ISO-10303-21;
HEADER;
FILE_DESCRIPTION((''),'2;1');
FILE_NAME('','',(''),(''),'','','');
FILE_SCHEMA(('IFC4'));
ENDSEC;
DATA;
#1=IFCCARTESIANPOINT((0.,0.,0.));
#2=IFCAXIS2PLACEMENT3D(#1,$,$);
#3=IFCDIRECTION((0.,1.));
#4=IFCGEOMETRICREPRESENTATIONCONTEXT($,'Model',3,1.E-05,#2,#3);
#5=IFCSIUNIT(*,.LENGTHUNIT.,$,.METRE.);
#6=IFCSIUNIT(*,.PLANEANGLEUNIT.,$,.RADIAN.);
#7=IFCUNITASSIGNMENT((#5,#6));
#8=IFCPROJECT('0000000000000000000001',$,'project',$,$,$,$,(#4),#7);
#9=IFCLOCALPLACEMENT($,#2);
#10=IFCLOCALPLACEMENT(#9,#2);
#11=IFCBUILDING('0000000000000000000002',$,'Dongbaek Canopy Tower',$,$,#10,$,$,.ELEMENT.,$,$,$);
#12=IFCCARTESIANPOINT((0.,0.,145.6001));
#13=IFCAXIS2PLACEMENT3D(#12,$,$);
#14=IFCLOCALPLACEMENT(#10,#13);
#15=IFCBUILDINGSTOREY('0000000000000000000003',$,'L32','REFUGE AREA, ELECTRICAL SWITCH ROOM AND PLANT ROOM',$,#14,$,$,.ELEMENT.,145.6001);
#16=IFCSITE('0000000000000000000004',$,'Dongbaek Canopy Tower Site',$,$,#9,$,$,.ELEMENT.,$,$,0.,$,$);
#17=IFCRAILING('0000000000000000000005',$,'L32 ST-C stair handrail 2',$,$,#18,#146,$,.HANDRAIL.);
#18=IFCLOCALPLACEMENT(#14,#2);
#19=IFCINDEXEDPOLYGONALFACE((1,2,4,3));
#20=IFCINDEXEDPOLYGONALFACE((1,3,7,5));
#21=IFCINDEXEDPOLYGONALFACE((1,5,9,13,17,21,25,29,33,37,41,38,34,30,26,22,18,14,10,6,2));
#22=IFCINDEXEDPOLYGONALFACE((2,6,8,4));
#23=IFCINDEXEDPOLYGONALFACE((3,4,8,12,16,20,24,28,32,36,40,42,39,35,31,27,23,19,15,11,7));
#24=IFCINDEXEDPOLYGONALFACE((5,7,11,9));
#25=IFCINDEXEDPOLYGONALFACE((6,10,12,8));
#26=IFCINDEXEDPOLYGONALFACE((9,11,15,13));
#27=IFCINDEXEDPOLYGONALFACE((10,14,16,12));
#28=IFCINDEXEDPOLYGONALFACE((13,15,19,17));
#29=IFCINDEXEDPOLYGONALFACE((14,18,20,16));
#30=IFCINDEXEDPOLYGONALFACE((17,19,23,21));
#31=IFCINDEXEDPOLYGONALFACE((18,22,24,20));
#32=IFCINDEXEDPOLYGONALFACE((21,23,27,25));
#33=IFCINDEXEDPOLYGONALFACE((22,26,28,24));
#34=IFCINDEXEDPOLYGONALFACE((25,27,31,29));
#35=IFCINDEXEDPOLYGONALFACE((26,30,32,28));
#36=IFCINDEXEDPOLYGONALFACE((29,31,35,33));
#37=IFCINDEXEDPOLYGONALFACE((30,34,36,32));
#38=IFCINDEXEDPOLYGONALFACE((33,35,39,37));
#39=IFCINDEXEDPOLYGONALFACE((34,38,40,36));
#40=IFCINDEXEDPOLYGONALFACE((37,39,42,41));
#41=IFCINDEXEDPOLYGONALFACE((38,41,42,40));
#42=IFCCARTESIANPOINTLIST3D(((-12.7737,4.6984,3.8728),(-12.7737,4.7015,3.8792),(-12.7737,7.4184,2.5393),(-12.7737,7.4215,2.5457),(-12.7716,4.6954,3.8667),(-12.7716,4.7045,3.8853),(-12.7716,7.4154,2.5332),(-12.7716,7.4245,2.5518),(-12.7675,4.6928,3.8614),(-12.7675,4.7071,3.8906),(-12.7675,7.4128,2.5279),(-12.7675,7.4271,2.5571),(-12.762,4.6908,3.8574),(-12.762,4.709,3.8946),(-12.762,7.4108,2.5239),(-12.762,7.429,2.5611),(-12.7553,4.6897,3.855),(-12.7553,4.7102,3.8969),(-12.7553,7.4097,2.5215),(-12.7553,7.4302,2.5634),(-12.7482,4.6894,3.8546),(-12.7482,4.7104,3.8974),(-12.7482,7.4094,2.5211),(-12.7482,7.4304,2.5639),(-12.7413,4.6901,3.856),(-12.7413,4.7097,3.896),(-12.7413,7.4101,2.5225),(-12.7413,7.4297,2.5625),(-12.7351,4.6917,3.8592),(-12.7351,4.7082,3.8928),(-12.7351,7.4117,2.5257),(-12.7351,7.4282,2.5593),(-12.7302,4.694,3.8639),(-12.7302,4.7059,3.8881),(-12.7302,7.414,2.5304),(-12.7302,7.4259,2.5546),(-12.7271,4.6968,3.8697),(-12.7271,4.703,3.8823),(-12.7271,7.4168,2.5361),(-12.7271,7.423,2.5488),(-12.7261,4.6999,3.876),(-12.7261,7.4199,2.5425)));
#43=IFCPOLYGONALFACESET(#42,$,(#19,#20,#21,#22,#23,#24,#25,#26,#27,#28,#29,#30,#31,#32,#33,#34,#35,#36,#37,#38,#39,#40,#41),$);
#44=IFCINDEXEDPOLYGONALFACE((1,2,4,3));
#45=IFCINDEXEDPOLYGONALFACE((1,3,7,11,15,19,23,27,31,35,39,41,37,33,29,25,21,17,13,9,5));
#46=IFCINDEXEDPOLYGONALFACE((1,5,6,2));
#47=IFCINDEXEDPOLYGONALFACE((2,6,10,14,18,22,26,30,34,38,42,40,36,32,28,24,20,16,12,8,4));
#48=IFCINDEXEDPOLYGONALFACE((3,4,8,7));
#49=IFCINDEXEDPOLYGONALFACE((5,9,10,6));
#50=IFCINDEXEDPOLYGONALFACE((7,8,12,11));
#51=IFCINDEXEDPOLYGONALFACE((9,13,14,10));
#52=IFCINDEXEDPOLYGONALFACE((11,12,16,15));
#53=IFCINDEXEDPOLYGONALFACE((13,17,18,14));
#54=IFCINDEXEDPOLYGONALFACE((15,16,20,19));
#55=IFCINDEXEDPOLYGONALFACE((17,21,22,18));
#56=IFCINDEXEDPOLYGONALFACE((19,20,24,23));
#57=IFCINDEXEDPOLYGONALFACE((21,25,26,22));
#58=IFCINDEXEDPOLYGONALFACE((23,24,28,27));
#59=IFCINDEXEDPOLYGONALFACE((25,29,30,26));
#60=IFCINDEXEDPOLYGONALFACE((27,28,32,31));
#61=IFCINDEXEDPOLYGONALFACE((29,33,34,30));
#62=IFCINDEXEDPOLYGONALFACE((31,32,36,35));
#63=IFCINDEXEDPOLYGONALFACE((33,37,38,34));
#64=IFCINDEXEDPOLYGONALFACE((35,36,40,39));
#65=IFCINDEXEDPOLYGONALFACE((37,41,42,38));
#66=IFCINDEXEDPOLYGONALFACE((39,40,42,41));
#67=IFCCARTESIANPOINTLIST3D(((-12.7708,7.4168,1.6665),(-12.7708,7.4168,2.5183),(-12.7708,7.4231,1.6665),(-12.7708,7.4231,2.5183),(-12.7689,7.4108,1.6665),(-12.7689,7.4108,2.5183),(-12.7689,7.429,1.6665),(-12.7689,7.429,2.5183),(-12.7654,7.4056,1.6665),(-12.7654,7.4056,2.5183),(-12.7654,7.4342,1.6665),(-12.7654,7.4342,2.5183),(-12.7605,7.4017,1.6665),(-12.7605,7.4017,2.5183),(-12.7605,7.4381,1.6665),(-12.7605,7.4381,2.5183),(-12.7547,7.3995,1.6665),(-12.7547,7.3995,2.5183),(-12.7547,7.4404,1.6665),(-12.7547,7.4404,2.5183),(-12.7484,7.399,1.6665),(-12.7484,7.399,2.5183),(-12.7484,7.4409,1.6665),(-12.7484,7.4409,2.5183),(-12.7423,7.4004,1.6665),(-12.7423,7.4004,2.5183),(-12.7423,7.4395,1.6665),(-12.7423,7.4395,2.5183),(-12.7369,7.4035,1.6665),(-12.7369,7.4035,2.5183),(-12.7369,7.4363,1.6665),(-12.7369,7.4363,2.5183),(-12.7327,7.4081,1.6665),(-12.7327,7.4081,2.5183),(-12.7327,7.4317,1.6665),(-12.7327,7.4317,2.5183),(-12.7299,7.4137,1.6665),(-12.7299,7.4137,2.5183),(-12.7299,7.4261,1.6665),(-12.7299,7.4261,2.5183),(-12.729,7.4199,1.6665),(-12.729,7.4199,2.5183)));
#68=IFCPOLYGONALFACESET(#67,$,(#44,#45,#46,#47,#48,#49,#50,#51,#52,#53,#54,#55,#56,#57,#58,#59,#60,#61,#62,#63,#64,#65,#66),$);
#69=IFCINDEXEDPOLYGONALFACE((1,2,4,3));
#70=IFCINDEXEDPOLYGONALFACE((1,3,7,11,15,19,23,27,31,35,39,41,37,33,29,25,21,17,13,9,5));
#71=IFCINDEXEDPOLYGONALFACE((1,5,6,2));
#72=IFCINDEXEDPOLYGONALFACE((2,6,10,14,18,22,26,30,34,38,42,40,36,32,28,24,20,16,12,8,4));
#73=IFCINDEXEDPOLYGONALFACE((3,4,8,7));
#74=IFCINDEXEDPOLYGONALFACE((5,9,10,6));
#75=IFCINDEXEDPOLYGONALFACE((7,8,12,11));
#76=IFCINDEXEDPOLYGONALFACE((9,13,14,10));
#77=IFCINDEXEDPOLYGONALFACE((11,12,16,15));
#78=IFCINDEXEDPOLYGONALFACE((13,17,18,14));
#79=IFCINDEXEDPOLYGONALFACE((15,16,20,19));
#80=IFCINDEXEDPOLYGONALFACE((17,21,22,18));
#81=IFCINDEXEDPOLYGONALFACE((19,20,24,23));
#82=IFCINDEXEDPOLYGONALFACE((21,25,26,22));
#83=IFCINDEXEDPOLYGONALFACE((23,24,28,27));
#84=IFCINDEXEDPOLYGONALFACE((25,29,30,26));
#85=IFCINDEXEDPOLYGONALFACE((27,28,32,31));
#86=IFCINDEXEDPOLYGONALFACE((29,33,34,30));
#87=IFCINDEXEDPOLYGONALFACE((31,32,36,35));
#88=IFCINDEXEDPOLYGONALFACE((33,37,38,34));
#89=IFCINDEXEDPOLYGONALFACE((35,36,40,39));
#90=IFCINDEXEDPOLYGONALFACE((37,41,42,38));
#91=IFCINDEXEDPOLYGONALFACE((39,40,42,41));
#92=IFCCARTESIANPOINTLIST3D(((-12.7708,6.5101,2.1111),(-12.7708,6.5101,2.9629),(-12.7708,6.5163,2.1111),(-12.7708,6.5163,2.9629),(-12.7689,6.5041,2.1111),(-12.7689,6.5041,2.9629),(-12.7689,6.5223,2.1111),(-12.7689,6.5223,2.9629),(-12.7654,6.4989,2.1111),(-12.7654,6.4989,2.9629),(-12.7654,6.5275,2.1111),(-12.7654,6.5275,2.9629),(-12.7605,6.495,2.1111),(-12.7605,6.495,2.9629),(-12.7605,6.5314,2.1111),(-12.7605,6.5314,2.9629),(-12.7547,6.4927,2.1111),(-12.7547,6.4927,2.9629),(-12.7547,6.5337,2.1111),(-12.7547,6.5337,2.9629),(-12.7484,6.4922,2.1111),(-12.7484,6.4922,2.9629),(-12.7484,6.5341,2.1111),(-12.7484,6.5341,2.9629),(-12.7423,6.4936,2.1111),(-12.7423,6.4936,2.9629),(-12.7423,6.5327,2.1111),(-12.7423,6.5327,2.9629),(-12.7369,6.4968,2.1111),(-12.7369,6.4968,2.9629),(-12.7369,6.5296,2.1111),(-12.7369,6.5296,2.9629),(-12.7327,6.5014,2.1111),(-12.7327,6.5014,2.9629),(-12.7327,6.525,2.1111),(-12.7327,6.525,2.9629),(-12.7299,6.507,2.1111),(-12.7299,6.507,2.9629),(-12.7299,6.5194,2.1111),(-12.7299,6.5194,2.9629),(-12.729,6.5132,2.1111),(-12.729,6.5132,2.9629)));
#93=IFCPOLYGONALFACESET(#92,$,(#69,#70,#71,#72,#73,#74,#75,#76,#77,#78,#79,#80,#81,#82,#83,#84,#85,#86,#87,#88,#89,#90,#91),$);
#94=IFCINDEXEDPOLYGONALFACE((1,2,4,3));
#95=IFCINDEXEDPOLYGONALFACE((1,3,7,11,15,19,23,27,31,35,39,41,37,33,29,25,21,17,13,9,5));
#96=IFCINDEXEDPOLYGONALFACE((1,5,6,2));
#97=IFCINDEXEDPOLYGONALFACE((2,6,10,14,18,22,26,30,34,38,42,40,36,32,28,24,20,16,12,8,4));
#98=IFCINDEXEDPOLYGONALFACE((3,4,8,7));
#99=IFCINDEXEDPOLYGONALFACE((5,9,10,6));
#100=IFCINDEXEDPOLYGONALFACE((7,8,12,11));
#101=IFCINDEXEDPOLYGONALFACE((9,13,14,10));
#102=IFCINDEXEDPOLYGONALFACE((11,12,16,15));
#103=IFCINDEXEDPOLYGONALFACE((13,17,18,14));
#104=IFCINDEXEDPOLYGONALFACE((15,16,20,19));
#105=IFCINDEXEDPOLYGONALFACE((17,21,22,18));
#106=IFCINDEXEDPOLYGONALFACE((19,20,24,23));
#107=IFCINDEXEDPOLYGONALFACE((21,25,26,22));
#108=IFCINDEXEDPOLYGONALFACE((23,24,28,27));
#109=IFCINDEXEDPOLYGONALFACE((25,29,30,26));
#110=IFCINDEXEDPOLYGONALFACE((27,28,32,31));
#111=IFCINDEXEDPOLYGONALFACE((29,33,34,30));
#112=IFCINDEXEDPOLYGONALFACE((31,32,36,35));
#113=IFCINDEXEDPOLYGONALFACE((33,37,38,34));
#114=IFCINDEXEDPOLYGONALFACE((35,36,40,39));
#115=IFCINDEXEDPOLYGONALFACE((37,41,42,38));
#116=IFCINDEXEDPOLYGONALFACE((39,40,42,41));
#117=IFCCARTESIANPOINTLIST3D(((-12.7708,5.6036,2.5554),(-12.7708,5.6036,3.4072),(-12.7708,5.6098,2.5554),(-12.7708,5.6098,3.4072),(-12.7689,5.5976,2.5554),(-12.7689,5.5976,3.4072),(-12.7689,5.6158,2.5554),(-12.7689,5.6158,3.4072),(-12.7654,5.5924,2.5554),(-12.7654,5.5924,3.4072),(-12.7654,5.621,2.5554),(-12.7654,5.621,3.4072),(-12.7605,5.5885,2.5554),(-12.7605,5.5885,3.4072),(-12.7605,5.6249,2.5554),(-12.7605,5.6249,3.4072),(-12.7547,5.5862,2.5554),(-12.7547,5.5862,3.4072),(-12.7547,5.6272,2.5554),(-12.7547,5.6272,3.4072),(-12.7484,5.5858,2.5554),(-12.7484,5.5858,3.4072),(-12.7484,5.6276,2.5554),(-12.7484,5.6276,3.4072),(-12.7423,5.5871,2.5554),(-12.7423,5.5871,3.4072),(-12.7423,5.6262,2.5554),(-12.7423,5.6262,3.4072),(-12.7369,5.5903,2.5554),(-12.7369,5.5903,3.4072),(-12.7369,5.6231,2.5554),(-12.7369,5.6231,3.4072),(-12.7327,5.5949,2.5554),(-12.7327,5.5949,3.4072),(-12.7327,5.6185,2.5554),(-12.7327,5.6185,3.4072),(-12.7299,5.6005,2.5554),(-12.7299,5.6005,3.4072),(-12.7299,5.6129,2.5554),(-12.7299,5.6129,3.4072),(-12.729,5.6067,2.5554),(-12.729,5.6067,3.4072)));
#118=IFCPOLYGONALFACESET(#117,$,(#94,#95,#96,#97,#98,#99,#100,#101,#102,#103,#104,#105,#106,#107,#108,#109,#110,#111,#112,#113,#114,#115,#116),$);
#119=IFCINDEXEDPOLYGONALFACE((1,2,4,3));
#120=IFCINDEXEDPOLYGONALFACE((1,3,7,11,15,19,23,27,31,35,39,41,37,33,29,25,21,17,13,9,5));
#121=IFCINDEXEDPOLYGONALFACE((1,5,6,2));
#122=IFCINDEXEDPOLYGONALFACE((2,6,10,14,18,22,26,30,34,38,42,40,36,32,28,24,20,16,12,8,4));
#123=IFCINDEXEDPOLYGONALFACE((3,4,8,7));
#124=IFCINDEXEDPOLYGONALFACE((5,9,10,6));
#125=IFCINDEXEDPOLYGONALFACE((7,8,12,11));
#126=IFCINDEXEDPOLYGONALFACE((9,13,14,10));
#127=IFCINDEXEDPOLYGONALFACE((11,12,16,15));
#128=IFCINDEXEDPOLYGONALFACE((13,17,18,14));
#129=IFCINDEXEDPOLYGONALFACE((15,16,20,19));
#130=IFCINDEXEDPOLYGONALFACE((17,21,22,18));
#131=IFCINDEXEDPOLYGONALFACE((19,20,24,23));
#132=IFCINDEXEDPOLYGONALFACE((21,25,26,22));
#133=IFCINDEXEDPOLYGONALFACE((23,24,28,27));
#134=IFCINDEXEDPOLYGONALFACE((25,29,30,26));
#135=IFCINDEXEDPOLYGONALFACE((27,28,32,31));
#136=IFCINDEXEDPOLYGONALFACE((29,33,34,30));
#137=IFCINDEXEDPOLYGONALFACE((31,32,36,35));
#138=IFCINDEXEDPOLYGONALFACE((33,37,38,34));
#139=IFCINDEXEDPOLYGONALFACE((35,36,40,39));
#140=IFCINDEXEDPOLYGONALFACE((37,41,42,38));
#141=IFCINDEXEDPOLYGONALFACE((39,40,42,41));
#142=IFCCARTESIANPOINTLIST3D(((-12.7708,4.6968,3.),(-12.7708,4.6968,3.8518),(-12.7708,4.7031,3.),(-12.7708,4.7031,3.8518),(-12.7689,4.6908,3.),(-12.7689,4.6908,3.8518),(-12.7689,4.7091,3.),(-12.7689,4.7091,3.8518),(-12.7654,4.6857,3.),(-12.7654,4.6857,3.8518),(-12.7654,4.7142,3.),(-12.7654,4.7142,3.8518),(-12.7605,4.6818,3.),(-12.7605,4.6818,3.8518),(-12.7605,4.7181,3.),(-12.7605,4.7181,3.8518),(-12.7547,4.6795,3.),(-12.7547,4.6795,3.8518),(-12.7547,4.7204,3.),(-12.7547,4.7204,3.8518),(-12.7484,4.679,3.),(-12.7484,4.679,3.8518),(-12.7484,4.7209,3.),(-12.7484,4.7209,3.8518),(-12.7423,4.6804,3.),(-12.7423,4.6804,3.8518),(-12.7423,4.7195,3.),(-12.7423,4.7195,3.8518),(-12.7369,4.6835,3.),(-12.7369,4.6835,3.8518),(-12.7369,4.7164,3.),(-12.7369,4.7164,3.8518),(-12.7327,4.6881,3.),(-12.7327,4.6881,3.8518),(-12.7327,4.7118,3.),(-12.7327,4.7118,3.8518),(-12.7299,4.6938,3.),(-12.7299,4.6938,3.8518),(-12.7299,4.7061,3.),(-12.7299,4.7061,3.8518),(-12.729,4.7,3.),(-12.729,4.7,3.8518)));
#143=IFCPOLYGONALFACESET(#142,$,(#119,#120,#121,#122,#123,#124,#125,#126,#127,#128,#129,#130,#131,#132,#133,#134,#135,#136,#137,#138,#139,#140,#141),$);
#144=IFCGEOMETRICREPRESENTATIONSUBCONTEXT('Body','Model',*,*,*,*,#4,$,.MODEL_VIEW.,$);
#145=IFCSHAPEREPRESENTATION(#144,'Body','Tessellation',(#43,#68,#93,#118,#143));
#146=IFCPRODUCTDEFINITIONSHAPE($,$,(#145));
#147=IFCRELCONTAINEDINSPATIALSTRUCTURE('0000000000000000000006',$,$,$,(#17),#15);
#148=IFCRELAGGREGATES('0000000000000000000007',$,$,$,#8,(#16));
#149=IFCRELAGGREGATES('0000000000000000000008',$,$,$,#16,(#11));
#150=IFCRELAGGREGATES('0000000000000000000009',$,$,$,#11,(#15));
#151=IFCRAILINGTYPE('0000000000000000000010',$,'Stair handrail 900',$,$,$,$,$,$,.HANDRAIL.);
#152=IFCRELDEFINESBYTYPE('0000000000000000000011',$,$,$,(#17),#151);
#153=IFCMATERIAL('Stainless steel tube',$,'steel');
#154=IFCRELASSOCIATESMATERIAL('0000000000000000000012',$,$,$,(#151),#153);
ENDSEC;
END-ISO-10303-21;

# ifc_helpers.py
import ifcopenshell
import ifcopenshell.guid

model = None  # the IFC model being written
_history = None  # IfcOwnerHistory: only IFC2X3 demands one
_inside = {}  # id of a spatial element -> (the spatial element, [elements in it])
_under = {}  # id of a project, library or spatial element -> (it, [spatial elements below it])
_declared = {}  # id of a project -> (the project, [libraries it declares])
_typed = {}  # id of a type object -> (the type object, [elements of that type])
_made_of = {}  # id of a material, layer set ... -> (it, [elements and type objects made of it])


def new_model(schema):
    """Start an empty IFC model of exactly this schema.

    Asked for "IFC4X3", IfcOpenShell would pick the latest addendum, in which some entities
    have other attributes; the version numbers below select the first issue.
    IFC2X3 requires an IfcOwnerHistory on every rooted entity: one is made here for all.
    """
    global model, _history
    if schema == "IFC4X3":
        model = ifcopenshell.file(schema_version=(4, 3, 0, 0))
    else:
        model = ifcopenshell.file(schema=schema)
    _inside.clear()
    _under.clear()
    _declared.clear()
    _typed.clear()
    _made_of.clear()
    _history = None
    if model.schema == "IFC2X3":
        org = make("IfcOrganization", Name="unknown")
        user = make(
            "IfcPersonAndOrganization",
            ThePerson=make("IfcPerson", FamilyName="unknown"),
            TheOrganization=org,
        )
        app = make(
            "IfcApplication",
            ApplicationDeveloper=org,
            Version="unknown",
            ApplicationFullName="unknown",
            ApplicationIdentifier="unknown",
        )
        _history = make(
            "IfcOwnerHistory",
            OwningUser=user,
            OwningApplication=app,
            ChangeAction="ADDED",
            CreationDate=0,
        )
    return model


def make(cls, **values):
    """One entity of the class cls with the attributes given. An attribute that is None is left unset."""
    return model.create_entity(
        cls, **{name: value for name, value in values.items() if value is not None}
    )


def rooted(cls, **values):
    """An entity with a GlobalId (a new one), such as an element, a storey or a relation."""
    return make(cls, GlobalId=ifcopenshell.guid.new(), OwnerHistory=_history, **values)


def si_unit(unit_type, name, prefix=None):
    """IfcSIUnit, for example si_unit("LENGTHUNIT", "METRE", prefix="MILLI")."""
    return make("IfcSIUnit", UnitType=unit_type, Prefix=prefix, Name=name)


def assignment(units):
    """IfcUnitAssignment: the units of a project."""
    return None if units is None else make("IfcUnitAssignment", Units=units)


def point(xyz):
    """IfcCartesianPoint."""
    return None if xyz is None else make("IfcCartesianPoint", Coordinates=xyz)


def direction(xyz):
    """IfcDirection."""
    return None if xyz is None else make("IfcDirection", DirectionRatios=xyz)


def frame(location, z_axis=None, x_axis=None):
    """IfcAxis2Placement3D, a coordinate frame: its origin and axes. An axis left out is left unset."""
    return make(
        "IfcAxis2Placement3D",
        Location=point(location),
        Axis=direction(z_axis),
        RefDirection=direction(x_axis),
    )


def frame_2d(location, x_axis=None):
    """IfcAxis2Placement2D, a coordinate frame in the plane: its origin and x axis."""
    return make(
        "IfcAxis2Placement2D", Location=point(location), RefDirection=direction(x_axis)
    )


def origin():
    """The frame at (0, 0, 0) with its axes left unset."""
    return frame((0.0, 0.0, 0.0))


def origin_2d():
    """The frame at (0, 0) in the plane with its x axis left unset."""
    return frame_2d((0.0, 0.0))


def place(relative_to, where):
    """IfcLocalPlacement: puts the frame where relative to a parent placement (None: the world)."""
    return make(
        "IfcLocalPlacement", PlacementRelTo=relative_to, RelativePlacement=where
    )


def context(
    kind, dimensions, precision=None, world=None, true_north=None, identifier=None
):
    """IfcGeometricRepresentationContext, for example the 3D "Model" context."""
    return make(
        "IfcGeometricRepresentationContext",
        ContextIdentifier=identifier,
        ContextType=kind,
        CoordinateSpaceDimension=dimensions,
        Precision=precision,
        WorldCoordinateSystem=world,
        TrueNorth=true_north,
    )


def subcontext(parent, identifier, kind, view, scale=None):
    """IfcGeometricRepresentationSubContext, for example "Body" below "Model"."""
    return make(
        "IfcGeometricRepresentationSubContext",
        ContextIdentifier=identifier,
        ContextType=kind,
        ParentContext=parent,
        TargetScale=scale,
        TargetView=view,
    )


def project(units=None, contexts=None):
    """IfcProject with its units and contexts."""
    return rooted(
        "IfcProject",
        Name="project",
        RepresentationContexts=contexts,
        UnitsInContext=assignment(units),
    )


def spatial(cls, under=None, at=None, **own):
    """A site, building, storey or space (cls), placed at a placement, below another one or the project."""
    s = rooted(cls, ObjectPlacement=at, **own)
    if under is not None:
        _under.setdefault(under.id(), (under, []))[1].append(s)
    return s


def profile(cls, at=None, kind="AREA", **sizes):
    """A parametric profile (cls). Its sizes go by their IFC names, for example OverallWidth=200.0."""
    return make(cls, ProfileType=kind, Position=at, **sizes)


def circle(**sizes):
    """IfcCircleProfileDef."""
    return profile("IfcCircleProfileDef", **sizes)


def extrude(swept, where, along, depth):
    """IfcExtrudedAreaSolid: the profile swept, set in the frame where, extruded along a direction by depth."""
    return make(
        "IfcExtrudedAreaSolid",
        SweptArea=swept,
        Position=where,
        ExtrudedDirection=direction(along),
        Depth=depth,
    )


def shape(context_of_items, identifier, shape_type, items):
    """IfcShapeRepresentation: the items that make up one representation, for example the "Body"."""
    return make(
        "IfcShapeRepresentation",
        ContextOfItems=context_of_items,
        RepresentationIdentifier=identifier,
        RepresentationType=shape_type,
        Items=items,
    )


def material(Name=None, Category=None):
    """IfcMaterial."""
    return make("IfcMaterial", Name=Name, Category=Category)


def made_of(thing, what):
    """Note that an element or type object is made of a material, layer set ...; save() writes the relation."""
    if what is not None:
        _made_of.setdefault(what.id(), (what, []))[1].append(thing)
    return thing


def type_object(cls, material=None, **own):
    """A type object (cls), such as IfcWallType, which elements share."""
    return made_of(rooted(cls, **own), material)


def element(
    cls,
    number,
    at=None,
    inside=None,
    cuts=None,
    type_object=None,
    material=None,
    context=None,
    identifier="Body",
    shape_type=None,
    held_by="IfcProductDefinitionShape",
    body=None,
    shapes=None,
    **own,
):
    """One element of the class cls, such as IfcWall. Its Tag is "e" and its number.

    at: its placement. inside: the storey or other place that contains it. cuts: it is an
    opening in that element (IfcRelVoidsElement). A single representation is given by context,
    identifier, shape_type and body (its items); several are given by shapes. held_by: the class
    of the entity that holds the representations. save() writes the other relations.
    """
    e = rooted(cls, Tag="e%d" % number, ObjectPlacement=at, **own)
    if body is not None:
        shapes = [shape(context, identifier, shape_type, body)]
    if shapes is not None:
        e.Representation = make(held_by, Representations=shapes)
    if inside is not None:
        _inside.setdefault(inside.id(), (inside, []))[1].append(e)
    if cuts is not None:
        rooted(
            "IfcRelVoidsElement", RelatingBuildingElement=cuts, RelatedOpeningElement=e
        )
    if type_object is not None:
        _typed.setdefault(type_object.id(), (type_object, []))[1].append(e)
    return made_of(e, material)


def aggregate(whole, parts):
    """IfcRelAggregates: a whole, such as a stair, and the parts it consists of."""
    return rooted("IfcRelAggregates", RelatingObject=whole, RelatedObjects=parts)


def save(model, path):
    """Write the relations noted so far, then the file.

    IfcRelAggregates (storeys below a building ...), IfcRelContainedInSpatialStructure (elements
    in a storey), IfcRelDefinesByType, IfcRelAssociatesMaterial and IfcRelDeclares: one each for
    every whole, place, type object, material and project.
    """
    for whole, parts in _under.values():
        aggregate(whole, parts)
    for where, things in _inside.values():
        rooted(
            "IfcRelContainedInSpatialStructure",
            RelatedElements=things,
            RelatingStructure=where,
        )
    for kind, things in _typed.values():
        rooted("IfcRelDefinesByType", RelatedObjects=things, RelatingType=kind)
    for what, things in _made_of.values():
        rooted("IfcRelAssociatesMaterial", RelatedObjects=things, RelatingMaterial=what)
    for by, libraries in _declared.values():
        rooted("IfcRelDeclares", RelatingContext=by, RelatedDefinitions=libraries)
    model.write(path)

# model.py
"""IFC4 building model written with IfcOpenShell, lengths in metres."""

from ifc_helpers import new_model, si_unit, direction, frame, origin, origin_2d, place, context, subcontext, project, spatial, circle, extrude, material, type_object, element, save


model = new_model("IFC4")

# Units and contexts
model_context = context("Model", 3, precision=1e-05, world=origin(), true_north=direction((0.0, 1.0)))
body_context = subcontext(model_context, "Body", "Model", "MODEL_VIEW")
ifc_project = project(units=[si_unit("LENGTHUNIT", "METRE"), si_unit("PLANEANGLEUNIT", "RADIAN")], contexts=[model_context])

# Site, building, storey
site_placement = place(None, origin())
site = spatial("IfcSite", under=ifc_project, at=site_placement, Name="Dongbaek Canopy Tower Site", CompositionType="ELEMENT", RefElevation=0.0)
building_placement = place(site_placement, origin())
building = spatial("IfcBuilding", under=site, at=building_placement, Name="Dongbaek Canopy Tower", CompositionType="ELEMENT")
storey_placement = place(building_placement, frame((0.0, 0.0, 145.6001)))
storey = spatial("IfcBuildingStorey", under=building, at=storey_placement, Name="L32", Description="REFUGE AREA, ELECTRICAL SWITCH ROOM AND PLANT ROOM", CompositionType="ELEMENT", Elevation=145.6001)

# Railing
ifc_material_1 = material(Name="Stainless steel tube", Category="steel")
railing_type_1 = type_object("IfcRailingType", Name="Stair handrail 900", PredefinedType="HANDRAIL", material=ifc_material_1)
for number, where, name in (
    (1, (-12.75, 7.4199, 1.6665), "L32 ST-C stair handrail 2"),
):
    element("IfcRailing", number, at=place(storey_placement, frame(where)), inside=storey, type_object=railing_type_1, Name=name, PredefinedType="HANDRAIL", context=body_context, shape_type="SweptSolid", body=[
        extrude(circle(Radius=0.0239, at=origin_2d()), frame((0.0, 0.0, 0.876), z_axis=(0.0, -0.897898, 0.440204), x_axis=(1.0, 0.0, 0.0)), (0.0, 0.0, 1.0), 3.0293),
        extrude(circle(Radius=0.021, at=origin_2d()), origin(), (0.0, 0.0, 1.0), 0.8518),
        extrude(circle(Radius=0.021, at=origin_2d()), frame((0.0, -0.9067, 0.4446)), (0.0, 0.0, 1.0), 0.8518),
        extrude(circle(Radius=0.021, at=origin_2d()), frame((0.0, -1.8132, 0.8889)), (0.0, 0.0, 1.0), 0.8518),
        extrude(circle(Radius=0.021, at=origin_2d()), frame((0.0, -2.72, 1.3335)), (0.0, 0.0, 1.0), 0.8518),
    ])

save(model, "model.ifc")
